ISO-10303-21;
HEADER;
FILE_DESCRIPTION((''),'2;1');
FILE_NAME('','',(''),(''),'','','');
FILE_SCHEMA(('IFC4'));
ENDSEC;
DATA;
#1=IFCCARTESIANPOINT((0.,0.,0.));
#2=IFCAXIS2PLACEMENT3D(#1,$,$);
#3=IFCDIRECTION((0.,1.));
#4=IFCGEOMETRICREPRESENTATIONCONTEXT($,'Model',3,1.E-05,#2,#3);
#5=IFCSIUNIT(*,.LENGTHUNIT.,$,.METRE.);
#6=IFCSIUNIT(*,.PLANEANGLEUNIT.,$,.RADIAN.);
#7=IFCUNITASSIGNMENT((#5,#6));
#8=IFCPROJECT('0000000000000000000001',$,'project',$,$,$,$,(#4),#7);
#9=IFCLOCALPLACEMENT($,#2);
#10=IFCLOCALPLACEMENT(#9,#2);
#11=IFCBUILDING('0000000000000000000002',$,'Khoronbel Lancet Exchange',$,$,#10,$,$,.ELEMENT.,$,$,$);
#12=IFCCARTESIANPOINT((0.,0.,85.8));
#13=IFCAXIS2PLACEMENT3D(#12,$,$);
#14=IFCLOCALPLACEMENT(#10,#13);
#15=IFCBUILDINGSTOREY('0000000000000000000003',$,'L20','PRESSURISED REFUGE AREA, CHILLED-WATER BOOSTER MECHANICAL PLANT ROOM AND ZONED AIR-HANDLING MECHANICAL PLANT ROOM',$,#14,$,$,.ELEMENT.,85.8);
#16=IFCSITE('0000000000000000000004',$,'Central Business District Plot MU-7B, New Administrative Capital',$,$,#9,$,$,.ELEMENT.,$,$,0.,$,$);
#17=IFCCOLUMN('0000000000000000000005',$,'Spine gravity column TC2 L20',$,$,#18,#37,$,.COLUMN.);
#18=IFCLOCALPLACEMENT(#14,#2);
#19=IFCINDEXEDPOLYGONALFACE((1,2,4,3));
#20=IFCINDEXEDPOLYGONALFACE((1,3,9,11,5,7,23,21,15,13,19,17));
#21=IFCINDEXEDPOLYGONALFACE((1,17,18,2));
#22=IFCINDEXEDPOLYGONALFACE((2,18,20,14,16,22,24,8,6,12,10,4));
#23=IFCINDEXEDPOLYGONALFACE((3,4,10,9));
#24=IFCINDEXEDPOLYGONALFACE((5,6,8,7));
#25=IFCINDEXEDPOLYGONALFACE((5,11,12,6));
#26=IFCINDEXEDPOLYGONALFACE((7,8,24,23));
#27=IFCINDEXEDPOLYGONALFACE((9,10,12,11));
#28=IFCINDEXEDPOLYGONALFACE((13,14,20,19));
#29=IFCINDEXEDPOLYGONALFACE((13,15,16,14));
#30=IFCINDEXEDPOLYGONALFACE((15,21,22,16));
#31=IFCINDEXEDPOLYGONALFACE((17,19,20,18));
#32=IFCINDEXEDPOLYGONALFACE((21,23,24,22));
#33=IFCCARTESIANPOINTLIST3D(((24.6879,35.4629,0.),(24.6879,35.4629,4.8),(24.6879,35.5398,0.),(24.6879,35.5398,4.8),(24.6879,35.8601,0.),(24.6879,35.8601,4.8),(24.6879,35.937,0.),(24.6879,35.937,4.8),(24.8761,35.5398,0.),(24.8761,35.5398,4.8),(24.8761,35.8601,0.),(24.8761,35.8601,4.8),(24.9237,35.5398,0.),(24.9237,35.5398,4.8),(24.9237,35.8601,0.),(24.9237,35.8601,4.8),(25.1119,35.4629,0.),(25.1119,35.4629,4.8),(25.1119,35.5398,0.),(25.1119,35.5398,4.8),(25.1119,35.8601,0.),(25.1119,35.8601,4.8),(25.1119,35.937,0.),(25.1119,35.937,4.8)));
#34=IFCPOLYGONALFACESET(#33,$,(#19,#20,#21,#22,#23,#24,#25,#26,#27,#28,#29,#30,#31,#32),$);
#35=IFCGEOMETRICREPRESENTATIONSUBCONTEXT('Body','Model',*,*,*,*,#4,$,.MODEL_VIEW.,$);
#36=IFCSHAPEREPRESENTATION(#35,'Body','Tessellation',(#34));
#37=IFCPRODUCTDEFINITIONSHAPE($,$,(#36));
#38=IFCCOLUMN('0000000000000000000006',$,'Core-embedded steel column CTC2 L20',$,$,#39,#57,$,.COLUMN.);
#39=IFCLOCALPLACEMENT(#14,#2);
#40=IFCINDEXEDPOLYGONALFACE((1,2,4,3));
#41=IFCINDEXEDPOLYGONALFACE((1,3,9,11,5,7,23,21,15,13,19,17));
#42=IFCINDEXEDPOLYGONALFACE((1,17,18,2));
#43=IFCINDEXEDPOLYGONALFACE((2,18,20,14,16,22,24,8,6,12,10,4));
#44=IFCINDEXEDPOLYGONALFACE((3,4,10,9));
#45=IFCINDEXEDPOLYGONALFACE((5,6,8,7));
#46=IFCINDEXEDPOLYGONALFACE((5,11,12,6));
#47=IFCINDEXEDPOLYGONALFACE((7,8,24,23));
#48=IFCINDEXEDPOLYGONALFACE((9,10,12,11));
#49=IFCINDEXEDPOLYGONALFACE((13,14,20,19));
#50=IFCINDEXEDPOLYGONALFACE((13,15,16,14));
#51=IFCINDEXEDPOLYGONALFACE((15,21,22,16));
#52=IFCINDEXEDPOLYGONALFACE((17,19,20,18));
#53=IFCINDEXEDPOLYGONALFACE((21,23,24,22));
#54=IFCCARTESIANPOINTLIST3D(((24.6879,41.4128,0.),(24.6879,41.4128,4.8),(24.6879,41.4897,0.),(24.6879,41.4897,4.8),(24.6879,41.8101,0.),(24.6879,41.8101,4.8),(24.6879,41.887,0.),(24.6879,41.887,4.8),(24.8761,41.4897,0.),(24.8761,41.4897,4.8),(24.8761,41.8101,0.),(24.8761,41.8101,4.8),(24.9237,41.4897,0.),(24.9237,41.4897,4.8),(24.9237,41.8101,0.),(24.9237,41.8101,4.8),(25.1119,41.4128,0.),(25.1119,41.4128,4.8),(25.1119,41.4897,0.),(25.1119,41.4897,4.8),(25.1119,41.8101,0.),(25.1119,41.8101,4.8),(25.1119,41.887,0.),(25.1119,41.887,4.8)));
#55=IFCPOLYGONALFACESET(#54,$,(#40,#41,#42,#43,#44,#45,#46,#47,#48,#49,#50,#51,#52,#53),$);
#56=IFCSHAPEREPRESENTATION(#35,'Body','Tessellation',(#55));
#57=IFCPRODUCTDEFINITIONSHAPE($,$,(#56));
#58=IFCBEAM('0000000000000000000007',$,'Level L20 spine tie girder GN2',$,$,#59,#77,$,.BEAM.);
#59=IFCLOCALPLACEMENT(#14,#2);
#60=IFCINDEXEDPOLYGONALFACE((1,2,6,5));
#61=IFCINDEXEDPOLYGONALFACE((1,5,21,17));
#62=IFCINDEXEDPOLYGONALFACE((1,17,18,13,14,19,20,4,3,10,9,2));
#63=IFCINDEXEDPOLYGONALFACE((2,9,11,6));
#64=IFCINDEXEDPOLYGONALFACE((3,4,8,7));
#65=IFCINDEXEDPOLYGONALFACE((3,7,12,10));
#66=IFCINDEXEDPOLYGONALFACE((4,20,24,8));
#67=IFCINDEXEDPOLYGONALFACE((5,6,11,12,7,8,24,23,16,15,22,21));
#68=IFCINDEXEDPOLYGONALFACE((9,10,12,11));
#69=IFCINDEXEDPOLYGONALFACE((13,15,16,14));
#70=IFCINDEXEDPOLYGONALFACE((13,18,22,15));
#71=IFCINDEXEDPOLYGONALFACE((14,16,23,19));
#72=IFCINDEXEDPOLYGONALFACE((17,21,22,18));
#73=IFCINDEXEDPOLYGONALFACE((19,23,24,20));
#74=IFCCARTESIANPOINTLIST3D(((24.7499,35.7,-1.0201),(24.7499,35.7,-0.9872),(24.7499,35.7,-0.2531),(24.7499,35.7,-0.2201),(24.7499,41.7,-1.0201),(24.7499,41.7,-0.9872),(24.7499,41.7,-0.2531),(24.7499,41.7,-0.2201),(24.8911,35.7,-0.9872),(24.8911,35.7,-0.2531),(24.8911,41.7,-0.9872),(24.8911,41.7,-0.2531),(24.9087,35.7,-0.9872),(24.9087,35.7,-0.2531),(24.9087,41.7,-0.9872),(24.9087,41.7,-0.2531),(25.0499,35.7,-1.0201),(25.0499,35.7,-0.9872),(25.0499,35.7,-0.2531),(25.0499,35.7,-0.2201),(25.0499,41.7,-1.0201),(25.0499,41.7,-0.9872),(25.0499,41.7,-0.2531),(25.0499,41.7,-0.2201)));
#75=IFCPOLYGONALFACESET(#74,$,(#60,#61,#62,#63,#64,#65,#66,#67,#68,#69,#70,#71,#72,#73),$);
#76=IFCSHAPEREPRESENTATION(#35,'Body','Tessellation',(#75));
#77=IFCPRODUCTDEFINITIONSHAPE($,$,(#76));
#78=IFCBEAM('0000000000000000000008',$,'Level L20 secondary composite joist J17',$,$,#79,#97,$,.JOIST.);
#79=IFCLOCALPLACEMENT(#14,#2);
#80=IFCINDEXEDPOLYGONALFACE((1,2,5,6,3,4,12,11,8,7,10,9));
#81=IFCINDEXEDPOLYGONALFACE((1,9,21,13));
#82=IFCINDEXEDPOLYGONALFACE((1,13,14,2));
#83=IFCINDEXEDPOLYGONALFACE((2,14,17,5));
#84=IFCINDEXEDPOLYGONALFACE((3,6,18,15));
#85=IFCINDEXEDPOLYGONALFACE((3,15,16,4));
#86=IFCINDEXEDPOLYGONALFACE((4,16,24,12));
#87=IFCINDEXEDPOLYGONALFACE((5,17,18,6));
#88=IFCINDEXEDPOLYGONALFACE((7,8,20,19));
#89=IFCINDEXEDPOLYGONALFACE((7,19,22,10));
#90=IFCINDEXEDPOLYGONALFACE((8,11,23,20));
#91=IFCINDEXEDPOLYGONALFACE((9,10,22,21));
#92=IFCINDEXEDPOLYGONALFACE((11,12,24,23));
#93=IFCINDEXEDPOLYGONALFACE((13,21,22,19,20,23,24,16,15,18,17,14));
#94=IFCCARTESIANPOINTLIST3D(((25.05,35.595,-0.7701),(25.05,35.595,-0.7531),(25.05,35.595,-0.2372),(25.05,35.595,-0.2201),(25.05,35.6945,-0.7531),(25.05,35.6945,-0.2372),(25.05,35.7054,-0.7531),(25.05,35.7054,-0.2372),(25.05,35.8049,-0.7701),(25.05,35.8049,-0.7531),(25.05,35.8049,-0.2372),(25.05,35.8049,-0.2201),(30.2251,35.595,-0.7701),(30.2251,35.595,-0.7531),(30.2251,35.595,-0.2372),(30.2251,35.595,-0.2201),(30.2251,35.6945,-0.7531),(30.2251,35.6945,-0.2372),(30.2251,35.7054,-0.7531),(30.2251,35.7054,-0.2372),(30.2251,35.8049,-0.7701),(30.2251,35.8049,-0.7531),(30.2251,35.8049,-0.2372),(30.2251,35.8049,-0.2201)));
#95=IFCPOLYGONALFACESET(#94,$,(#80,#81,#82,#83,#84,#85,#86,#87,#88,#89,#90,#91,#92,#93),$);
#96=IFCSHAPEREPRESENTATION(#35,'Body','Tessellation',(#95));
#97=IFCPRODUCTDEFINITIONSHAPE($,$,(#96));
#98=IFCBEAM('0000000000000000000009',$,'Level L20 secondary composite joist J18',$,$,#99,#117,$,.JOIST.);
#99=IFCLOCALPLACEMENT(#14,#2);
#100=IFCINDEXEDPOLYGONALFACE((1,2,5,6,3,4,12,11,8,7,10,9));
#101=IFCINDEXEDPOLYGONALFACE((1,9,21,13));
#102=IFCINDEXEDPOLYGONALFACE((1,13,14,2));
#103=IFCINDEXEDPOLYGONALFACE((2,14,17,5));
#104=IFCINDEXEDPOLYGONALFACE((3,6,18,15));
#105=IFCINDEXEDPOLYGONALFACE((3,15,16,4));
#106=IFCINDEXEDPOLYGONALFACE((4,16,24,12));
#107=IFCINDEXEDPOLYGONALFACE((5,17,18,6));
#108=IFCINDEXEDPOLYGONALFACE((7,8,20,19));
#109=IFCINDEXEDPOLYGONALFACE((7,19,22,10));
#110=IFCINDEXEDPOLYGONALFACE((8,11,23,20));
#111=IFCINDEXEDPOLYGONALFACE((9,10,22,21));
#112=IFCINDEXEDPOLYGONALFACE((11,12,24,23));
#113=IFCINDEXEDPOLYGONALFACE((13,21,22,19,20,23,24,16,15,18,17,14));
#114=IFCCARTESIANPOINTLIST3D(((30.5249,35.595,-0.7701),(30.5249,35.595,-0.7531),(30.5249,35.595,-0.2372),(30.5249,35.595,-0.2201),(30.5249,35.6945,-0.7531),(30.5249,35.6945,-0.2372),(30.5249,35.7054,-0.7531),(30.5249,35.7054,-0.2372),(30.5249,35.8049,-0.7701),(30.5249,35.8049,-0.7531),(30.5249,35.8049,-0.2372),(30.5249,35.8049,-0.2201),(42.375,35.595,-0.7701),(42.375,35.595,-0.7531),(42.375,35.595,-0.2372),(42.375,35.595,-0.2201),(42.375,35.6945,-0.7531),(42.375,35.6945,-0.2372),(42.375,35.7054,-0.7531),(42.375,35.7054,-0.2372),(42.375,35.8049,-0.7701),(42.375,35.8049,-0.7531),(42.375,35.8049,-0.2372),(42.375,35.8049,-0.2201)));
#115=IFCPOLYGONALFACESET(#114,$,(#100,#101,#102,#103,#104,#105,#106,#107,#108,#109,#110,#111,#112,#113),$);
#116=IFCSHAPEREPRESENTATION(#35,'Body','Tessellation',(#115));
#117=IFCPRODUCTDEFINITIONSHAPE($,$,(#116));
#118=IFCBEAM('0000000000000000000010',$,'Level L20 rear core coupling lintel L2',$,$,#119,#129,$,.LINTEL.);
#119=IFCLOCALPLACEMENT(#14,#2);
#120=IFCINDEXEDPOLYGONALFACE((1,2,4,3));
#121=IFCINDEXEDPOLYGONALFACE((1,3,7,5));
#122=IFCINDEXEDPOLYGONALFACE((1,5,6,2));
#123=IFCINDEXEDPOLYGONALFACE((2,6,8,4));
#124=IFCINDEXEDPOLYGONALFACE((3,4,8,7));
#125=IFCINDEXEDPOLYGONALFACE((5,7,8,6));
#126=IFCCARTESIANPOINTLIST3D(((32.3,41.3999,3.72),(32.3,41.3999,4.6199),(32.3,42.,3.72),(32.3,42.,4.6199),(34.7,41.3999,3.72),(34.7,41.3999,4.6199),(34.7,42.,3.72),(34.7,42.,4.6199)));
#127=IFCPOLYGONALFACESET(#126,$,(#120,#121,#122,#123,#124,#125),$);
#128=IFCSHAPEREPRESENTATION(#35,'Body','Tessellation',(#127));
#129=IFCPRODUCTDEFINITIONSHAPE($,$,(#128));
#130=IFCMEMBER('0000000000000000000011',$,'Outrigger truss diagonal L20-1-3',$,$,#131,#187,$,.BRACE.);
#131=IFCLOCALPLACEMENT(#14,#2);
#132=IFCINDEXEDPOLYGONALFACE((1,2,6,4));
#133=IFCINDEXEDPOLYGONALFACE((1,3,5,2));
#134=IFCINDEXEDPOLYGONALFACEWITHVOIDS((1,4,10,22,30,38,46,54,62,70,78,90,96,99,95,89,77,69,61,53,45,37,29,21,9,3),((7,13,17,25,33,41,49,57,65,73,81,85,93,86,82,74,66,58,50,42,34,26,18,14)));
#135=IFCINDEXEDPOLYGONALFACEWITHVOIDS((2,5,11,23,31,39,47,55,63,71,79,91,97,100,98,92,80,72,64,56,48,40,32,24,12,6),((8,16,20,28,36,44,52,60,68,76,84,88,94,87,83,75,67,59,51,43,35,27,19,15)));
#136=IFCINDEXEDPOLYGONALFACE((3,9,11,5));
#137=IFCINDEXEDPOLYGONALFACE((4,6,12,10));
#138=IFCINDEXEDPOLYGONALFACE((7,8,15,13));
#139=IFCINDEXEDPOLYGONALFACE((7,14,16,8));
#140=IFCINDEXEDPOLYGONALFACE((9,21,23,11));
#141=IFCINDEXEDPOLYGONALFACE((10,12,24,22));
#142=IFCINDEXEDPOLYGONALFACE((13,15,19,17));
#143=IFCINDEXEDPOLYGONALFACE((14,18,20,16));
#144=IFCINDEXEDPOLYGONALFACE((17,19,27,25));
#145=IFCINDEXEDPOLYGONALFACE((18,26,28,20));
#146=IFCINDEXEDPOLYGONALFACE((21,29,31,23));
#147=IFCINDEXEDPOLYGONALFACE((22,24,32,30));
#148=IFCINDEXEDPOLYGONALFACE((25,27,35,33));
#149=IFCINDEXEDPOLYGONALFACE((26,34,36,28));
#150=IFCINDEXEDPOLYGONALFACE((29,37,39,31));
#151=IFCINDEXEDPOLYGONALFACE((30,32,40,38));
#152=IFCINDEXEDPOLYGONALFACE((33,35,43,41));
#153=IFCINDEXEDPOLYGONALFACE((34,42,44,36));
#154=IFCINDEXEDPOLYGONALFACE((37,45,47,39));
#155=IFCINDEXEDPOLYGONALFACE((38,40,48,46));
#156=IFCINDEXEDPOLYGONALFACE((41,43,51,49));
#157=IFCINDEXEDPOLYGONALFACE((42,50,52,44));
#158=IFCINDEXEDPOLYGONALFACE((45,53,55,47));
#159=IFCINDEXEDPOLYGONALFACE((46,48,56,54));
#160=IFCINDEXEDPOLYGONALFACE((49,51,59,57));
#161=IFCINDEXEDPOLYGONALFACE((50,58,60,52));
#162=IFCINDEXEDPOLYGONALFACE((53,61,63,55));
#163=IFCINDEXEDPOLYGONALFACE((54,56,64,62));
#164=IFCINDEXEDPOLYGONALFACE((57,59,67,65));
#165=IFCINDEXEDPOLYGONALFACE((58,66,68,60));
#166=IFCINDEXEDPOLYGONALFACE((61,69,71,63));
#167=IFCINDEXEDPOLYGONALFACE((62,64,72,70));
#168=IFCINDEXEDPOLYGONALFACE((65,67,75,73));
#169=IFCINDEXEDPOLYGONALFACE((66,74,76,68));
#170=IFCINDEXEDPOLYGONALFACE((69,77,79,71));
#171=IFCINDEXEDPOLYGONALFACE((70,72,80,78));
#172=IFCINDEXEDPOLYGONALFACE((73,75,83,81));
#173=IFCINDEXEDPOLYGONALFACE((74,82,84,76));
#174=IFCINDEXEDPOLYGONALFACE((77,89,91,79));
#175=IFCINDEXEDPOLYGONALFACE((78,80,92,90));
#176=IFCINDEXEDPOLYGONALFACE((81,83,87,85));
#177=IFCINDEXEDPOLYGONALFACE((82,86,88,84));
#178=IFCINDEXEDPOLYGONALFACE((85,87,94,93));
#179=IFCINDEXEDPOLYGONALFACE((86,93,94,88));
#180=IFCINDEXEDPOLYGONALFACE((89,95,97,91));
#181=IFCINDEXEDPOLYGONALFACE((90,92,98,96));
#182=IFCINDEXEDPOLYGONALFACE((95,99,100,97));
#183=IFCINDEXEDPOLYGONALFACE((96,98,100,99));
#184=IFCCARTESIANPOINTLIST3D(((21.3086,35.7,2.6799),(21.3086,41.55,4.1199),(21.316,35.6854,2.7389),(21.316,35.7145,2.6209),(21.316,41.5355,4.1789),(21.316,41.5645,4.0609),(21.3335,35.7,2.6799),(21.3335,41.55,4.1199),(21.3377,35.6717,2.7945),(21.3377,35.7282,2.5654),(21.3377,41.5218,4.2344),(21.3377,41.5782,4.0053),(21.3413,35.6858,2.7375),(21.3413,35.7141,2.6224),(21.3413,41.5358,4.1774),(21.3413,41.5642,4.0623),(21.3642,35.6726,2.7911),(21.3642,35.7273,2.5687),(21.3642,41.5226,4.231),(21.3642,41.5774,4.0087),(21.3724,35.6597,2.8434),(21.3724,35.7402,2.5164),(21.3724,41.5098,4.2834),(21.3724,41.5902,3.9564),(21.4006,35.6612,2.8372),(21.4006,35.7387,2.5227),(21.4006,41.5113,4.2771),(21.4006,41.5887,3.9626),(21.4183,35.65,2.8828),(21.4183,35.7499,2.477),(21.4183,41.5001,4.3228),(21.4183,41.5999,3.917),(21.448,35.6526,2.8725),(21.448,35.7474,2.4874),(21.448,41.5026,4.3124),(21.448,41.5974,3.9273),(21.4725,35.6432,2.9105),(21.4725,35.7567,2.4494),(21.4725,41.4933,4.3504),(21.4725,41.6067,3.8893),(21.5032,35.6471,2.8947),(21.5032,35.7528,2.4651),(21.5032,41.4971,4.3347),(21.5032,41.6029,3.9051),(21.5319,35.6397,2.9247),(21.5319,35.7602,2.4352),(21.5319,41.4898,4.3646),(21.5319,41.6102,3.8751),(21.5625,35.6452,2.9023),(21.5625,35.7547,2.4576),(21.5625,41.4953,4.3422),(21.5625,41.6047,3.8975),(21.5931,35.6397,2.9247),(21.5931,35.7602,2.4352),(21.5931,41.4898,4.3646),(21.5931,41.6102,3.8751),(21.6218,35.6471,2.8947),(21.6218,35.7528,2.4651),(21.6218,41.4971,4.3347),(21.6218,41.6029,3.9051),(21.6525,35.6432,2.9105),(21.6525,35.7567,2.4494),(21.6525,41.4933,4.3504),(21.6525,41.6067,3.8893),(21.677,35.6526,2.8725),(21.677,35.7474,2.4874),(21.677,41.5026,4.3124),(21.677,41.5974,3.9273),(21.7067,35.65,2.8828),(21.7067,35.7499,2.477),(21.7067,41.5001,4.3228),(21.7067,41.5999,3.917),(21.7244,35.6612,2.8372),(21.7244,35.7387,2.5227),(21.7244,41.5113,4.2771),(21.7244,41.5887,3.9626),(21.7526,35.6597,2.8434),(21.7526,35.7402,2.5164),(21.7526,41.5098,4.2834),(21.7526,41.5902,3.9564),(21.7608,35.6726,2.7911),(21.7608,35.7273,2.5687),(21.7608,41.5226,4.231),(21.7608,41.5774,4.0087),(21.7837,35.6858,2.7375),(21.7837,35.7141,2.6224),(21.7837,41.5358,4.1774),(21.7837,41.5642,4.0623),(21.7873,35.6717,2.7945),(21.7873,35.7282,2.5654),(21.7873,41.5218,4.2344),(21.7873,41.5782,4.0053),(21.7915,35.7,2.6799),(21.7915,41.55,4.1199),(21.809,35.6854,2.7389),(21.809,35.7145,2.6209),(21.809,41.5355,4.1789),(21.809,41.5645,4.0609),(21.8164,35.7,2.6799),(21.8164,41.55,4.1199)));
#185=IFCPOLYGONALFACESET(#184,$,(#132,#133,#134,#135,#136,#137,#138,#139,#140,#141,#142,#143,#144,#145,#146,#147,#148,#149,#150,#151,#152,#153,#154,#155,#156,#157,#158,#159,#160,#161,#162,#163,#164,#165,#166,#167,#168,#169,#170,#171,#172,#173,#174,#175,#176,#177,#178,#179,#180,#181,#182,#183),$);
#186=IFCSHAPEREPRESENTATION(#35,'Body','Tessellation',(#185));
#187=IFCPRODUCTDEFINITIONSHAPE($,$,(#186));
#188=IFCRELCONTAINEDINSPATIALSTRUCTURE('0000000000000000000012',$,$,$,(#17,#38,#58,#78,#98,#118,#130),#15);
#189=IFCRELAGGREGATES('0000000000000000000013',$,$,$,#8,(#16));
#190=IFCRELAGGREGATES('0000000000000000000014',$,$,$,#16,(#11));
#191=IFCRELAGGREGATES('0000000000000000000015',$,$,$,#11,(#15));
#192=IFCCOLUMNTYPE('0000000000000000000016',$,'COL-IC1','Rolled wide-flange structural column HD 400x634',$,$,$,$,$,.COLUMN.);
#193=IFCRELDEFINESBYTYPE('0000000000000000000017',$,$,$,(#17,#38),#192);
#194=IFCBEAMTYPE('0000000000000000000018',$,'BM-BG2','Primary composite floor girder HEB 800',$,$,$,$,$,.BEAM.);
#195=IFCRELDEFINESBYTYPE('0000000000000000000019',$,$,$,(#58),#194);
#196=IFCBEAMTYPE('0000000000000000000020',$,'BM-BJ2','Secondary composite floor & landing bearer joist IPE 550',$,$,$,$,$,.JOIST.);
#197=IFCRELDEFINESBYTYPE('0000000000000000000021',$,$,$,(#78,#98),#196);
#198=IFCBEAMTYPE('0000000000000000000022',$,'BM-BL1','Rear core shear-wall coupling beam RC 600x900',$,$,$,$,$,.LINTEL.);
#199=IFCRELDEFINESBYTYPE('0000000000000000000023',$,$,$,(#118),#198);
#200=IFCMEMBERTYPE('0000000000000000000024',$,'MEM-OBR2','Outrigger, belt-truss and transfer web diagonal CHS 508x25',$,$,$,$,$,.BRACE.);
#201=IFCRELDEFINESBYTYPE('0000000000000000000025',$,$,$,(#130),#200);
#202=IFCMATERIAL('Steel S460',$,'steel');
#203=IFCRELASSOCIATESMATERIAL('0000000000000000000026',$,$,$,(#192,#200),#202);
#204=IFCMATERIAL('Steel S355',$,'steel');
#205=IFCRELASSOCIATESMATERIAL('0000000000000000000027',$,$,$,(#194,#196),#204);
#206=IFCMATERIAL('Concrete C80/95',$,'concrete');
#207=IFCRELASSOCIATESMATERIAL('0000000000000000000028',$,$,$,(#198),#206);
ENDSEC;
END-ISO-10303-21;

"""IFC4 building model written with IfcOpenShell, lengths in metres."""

from ifc_helpers import new_model, si_unit, direction, frame, origin, origin_2d, place, context, subcontext, project, spatial, rectangle, hollow_circle, i_section, extrude, material, material_profile, profile_set, type_object, element, save


model = new_model("IFC4")

# Units and contexts
model_context = context("Model", 3, precision=1e-05, world=origin(), true_north=direction((0.0, 1.0)))
body_context = subcontext(model_context, "Body", "Model", "MODEL_VIEW")
ifc_project = project(units=[si_unit("LENGTHUNIT", "METRE"), si_unit("PLANEANGLEUNIT", "RADIAN")], contexts=[model_context])

# Site, building, storey
site_placement = place(None, origin())
site = spatial("IfcSite", under=ifc_project, at=site_placement, Name="Central Business District Plot MU-7B, New Administrative Capital", CompositionType="ELEMENT", RefElevation=0.0)
building_placement = place(site_placement, origin())
building = spatial("IfcBuilding", under=site, at=building_placement, Name="Khoronbel Lancet Exchange", CompositionType="ELEMENT")
storey_placement = place(building_placement, frame((0.0, 0.0, 85.8)))
storey = spatial("IfcBuildingStorey", under=building, at=storey_placement, Name="L20", Description="PRESSURISED REFUGE AREA, CHILLED-WATER BOOSTER MECHANICAL PLANT ROOM AND ZONED AIR-HANDLING MECHANICAL PLANT ROOM", CompositionType="ELEMENT", Elevation=85.8)

# Columns
ifc_material_1 = material(Name="Steel S460", Category="steel")
ifc_material_profile_1 = material_profile(ifc_material_1, i_section(OverallWidth=0.4241, OverallDepth=0.4741, WebThickness=0.0476, FlangeThickness=0.0769, at=origin_2d()), Name="HD 400x634")
ifc_profile_set_1 = profile_set([ifc_material_profile_1], Name="Steel S460")
column_type = type_object("IfcColumnType", Name="COL-IC1", Description="Rolled wide-flange structural column HD 400x634", PredefinedType="COLUMN", material=ifc_profile_set_1)
for number, where, z_axis, x_axis, name in (
    (1, (24.8999, 35.7, 0.0), (0.0, 0.0, 1.0), (1.0, 0.0, 0.0), "Spine gravity column TC2 L20"),
    (2, (24.8999, 41.6499, 0.0), (0.0, 0.0, 1.0), (1.0, 0.0, 0.0), "Core-embedded steel column CTC2 L20"),
):
    element("IfcColumn", number, at=place(storey_placement, frame(where, z_axis=z_axis, x_axis=x_axis)), inside=storey, type_object=column_type, Name=name, PredefinedType="COLUMN", context=body_context, shape_type="SweptSolid", body=[
        extrude(i_section(OverallWidth=0.4241, OverallDepth=0.4741, WebThickness=0.0476, FlangeThickness=0.0769, at=origin_2d()), origin(), (0.0, 0.0, 1.0), 4.8),
    ])

# Beams
ifc_material_2 = material(Name="Steel S355", Category="steel")
ifc_material_profile_2 = material_profile(ifc_material_2, i_section(OverallWidth=0.3, OverallDepth=0.8, WebThickness=0.0176, FlangeThickness=0.033, at=origin_2d()), Name="HEB 800")
ifc_profile_set_2 = profile_set([ifc_material_profile_2], Name="Steel S355")
beam_type_1 = type_object("IfcBeamType", Name="BM-BG2", Description="Primary composite floor girder HEB 800", PredefinedType="BEAM", material=ifc_profile_set_2)
beam_1_placement = place(storey_placement, frame((24.8999, 35.7, -0.6201), z_axis=(0.0, 1.0, 0.0), x_axis=(-1.0, 0.0, 0.0)))
element("IfcBeam", 3, at=beam_1_placement, inside=storey, type_object=beam_type_1, Name="Level L20 spine tie girder GN2", PredefinedType="BEAM", context=body_context, shape_type="SweptSolid", body=[
    extrude(i_section(OverallWidth=0.3, OverallDepth=0.8, WebThickness=0.0176, FlangeThickness=0.033, at=origin_2d()), origin(), (0.0, 0.0, 1.0), 6.0),
])
ifc_material_profile_3 = material_profile(ifc_material_2, i_section(OverallWidth=0.21, OverallDepth=0.55, WebThickness=0.011, FlangeThickness=0.0171, at=origin_2d()), Name="IPE 550")
ifc_profile_set_3 = profile_set([ifc_material_profile_3], Name="Steel S355")
beam_type_2 = type_object("IfcBeamType", Name="BM-BJ2", Description="Secondary composite floor & landing bearer joist IPE 550", PredefinedType="JOIST", material=ifc_profile_set_3)
beam_2_placement = place(storey_placement, frame((25.05, 35.7, -0.4951), z_axis=(1.0, 0.0, 0.0), x_axis=(0.0, 1.0, 0.0)))
element("IfcBeam", 4, at=beam_2_placement, inside=storey, type_object=beam_type_2, Name="Level L20 secondary composite joist J17", PredefinedType="JOIST", context=body_context, shape_type="SweptSolid", body=[
    extrude(i_section(OverallWidth=0.21, OverallDepth=0.55, WebThickness=0.011, FlangeThickness=0.0171, at=origin_2d()), origin(), (0.0, 0.0, 1.0), 5.175),
])
beam_3_placement = place(storey_placement, frame((30.5249, 35.7, -0.4951), z_axis=(1.0, 0.0, 0.0), x_axis=(0.0, 1.0, 0.0)))
element("IfcBeam", 5, at=beam_3_placement, inside=storey, type_object=beam_type_2, Name="Level L20 secondary composite joist J18", PredefinedType="JOIST", context=body_context, shape_type="SweptSolid", body=[
    extrude(i_section(OverallWidth=0.21, OverallDepth=0.55, WebThickness=0.011, FlangeThickness=0.0171, at=origin_2d()), origin(), (0.0, 0.0, 1.0), 11.8501),
])
ifc_material_3 = material(Name="Concrete C80/95", Category="concrete")
ifc_material_profile_4 = material_profile(ifc_material_3, rectangle(XDim=0.6001, YDim=0.8999, at=origin_2d()), Name="RC 600x900")
ifc_profile_set_4 = profile_set([ifc_material_profile_4], Name="Concrete C80/95")
beam_type_3 = type_object("IfcBeamType", Name="BM-BL1", Description="Rear core shear-wall coupling beam RC 600x900", PredefinedType="LINTEL", material=ifc_profile_set_4)
beam_4_placement = place(storey_placement, frame((32.3, 41.7, 4.1699), z_axis=(1.0, 0.0, 0.0), x_axis=(0.0, 1.0, 0.0)))
element("IfcBeam", 6, at=beam_4_placement, inside=storey, type_object=beam_type_3, Name="Level L20 rear core coupling lintel L2", PredefinedType="LINTEL", context=body_context, shape_type="SweptSolid", body=[
    extrude(rectangle(XDim=0.6001, YDim=0.8999, at=origin_2d()), origin(), (0.0, 0.0, 1.0), 2.3999),
])

# Member
ifc_material_profile_5 = material_profile(ifc_material_1, hollow_circle(Radius=0.2539, WallThickness=0.0249, at=origin_2d()), Name="CHS 508x25")
ifc_profile_set_5 = profile_set([ifc_material_profile_5], Name="Steel S460")
member_type_1 = type_object("IfcMemberType", Name="MEM-OBR2", Description="Outrigger, belt-truss and transfer web diagonal CHS 508x25", PredefinedType="BRACE", material=ifc_profile_set_5)
for number, where, z_axis, x_axis, name in (
    (7, (21.5625, 35.7, 2.6799), (0.0, 0.971018, 0.239006), (-1.0, 0.0, 0.0), "Outrigger truss diagonal L20-1-3"),
):
    element("IfcMember", number, at=place(storey_placement, frame(where, z_axis=z_axis, x_axis=x_axis)), inside=storey, type_object=member_type_1, Name=name, PredefinedType="BRACE", context=body_context, shape_type="SweptSolid", body=[
        extrude(hollow_circle(Radius=0.2539, WallThickness=0.0249, at=origin_2d()), origin(), (0.0, 0.0, 1.0), 6.0247),
    ])

save(model, "model.ifc")
